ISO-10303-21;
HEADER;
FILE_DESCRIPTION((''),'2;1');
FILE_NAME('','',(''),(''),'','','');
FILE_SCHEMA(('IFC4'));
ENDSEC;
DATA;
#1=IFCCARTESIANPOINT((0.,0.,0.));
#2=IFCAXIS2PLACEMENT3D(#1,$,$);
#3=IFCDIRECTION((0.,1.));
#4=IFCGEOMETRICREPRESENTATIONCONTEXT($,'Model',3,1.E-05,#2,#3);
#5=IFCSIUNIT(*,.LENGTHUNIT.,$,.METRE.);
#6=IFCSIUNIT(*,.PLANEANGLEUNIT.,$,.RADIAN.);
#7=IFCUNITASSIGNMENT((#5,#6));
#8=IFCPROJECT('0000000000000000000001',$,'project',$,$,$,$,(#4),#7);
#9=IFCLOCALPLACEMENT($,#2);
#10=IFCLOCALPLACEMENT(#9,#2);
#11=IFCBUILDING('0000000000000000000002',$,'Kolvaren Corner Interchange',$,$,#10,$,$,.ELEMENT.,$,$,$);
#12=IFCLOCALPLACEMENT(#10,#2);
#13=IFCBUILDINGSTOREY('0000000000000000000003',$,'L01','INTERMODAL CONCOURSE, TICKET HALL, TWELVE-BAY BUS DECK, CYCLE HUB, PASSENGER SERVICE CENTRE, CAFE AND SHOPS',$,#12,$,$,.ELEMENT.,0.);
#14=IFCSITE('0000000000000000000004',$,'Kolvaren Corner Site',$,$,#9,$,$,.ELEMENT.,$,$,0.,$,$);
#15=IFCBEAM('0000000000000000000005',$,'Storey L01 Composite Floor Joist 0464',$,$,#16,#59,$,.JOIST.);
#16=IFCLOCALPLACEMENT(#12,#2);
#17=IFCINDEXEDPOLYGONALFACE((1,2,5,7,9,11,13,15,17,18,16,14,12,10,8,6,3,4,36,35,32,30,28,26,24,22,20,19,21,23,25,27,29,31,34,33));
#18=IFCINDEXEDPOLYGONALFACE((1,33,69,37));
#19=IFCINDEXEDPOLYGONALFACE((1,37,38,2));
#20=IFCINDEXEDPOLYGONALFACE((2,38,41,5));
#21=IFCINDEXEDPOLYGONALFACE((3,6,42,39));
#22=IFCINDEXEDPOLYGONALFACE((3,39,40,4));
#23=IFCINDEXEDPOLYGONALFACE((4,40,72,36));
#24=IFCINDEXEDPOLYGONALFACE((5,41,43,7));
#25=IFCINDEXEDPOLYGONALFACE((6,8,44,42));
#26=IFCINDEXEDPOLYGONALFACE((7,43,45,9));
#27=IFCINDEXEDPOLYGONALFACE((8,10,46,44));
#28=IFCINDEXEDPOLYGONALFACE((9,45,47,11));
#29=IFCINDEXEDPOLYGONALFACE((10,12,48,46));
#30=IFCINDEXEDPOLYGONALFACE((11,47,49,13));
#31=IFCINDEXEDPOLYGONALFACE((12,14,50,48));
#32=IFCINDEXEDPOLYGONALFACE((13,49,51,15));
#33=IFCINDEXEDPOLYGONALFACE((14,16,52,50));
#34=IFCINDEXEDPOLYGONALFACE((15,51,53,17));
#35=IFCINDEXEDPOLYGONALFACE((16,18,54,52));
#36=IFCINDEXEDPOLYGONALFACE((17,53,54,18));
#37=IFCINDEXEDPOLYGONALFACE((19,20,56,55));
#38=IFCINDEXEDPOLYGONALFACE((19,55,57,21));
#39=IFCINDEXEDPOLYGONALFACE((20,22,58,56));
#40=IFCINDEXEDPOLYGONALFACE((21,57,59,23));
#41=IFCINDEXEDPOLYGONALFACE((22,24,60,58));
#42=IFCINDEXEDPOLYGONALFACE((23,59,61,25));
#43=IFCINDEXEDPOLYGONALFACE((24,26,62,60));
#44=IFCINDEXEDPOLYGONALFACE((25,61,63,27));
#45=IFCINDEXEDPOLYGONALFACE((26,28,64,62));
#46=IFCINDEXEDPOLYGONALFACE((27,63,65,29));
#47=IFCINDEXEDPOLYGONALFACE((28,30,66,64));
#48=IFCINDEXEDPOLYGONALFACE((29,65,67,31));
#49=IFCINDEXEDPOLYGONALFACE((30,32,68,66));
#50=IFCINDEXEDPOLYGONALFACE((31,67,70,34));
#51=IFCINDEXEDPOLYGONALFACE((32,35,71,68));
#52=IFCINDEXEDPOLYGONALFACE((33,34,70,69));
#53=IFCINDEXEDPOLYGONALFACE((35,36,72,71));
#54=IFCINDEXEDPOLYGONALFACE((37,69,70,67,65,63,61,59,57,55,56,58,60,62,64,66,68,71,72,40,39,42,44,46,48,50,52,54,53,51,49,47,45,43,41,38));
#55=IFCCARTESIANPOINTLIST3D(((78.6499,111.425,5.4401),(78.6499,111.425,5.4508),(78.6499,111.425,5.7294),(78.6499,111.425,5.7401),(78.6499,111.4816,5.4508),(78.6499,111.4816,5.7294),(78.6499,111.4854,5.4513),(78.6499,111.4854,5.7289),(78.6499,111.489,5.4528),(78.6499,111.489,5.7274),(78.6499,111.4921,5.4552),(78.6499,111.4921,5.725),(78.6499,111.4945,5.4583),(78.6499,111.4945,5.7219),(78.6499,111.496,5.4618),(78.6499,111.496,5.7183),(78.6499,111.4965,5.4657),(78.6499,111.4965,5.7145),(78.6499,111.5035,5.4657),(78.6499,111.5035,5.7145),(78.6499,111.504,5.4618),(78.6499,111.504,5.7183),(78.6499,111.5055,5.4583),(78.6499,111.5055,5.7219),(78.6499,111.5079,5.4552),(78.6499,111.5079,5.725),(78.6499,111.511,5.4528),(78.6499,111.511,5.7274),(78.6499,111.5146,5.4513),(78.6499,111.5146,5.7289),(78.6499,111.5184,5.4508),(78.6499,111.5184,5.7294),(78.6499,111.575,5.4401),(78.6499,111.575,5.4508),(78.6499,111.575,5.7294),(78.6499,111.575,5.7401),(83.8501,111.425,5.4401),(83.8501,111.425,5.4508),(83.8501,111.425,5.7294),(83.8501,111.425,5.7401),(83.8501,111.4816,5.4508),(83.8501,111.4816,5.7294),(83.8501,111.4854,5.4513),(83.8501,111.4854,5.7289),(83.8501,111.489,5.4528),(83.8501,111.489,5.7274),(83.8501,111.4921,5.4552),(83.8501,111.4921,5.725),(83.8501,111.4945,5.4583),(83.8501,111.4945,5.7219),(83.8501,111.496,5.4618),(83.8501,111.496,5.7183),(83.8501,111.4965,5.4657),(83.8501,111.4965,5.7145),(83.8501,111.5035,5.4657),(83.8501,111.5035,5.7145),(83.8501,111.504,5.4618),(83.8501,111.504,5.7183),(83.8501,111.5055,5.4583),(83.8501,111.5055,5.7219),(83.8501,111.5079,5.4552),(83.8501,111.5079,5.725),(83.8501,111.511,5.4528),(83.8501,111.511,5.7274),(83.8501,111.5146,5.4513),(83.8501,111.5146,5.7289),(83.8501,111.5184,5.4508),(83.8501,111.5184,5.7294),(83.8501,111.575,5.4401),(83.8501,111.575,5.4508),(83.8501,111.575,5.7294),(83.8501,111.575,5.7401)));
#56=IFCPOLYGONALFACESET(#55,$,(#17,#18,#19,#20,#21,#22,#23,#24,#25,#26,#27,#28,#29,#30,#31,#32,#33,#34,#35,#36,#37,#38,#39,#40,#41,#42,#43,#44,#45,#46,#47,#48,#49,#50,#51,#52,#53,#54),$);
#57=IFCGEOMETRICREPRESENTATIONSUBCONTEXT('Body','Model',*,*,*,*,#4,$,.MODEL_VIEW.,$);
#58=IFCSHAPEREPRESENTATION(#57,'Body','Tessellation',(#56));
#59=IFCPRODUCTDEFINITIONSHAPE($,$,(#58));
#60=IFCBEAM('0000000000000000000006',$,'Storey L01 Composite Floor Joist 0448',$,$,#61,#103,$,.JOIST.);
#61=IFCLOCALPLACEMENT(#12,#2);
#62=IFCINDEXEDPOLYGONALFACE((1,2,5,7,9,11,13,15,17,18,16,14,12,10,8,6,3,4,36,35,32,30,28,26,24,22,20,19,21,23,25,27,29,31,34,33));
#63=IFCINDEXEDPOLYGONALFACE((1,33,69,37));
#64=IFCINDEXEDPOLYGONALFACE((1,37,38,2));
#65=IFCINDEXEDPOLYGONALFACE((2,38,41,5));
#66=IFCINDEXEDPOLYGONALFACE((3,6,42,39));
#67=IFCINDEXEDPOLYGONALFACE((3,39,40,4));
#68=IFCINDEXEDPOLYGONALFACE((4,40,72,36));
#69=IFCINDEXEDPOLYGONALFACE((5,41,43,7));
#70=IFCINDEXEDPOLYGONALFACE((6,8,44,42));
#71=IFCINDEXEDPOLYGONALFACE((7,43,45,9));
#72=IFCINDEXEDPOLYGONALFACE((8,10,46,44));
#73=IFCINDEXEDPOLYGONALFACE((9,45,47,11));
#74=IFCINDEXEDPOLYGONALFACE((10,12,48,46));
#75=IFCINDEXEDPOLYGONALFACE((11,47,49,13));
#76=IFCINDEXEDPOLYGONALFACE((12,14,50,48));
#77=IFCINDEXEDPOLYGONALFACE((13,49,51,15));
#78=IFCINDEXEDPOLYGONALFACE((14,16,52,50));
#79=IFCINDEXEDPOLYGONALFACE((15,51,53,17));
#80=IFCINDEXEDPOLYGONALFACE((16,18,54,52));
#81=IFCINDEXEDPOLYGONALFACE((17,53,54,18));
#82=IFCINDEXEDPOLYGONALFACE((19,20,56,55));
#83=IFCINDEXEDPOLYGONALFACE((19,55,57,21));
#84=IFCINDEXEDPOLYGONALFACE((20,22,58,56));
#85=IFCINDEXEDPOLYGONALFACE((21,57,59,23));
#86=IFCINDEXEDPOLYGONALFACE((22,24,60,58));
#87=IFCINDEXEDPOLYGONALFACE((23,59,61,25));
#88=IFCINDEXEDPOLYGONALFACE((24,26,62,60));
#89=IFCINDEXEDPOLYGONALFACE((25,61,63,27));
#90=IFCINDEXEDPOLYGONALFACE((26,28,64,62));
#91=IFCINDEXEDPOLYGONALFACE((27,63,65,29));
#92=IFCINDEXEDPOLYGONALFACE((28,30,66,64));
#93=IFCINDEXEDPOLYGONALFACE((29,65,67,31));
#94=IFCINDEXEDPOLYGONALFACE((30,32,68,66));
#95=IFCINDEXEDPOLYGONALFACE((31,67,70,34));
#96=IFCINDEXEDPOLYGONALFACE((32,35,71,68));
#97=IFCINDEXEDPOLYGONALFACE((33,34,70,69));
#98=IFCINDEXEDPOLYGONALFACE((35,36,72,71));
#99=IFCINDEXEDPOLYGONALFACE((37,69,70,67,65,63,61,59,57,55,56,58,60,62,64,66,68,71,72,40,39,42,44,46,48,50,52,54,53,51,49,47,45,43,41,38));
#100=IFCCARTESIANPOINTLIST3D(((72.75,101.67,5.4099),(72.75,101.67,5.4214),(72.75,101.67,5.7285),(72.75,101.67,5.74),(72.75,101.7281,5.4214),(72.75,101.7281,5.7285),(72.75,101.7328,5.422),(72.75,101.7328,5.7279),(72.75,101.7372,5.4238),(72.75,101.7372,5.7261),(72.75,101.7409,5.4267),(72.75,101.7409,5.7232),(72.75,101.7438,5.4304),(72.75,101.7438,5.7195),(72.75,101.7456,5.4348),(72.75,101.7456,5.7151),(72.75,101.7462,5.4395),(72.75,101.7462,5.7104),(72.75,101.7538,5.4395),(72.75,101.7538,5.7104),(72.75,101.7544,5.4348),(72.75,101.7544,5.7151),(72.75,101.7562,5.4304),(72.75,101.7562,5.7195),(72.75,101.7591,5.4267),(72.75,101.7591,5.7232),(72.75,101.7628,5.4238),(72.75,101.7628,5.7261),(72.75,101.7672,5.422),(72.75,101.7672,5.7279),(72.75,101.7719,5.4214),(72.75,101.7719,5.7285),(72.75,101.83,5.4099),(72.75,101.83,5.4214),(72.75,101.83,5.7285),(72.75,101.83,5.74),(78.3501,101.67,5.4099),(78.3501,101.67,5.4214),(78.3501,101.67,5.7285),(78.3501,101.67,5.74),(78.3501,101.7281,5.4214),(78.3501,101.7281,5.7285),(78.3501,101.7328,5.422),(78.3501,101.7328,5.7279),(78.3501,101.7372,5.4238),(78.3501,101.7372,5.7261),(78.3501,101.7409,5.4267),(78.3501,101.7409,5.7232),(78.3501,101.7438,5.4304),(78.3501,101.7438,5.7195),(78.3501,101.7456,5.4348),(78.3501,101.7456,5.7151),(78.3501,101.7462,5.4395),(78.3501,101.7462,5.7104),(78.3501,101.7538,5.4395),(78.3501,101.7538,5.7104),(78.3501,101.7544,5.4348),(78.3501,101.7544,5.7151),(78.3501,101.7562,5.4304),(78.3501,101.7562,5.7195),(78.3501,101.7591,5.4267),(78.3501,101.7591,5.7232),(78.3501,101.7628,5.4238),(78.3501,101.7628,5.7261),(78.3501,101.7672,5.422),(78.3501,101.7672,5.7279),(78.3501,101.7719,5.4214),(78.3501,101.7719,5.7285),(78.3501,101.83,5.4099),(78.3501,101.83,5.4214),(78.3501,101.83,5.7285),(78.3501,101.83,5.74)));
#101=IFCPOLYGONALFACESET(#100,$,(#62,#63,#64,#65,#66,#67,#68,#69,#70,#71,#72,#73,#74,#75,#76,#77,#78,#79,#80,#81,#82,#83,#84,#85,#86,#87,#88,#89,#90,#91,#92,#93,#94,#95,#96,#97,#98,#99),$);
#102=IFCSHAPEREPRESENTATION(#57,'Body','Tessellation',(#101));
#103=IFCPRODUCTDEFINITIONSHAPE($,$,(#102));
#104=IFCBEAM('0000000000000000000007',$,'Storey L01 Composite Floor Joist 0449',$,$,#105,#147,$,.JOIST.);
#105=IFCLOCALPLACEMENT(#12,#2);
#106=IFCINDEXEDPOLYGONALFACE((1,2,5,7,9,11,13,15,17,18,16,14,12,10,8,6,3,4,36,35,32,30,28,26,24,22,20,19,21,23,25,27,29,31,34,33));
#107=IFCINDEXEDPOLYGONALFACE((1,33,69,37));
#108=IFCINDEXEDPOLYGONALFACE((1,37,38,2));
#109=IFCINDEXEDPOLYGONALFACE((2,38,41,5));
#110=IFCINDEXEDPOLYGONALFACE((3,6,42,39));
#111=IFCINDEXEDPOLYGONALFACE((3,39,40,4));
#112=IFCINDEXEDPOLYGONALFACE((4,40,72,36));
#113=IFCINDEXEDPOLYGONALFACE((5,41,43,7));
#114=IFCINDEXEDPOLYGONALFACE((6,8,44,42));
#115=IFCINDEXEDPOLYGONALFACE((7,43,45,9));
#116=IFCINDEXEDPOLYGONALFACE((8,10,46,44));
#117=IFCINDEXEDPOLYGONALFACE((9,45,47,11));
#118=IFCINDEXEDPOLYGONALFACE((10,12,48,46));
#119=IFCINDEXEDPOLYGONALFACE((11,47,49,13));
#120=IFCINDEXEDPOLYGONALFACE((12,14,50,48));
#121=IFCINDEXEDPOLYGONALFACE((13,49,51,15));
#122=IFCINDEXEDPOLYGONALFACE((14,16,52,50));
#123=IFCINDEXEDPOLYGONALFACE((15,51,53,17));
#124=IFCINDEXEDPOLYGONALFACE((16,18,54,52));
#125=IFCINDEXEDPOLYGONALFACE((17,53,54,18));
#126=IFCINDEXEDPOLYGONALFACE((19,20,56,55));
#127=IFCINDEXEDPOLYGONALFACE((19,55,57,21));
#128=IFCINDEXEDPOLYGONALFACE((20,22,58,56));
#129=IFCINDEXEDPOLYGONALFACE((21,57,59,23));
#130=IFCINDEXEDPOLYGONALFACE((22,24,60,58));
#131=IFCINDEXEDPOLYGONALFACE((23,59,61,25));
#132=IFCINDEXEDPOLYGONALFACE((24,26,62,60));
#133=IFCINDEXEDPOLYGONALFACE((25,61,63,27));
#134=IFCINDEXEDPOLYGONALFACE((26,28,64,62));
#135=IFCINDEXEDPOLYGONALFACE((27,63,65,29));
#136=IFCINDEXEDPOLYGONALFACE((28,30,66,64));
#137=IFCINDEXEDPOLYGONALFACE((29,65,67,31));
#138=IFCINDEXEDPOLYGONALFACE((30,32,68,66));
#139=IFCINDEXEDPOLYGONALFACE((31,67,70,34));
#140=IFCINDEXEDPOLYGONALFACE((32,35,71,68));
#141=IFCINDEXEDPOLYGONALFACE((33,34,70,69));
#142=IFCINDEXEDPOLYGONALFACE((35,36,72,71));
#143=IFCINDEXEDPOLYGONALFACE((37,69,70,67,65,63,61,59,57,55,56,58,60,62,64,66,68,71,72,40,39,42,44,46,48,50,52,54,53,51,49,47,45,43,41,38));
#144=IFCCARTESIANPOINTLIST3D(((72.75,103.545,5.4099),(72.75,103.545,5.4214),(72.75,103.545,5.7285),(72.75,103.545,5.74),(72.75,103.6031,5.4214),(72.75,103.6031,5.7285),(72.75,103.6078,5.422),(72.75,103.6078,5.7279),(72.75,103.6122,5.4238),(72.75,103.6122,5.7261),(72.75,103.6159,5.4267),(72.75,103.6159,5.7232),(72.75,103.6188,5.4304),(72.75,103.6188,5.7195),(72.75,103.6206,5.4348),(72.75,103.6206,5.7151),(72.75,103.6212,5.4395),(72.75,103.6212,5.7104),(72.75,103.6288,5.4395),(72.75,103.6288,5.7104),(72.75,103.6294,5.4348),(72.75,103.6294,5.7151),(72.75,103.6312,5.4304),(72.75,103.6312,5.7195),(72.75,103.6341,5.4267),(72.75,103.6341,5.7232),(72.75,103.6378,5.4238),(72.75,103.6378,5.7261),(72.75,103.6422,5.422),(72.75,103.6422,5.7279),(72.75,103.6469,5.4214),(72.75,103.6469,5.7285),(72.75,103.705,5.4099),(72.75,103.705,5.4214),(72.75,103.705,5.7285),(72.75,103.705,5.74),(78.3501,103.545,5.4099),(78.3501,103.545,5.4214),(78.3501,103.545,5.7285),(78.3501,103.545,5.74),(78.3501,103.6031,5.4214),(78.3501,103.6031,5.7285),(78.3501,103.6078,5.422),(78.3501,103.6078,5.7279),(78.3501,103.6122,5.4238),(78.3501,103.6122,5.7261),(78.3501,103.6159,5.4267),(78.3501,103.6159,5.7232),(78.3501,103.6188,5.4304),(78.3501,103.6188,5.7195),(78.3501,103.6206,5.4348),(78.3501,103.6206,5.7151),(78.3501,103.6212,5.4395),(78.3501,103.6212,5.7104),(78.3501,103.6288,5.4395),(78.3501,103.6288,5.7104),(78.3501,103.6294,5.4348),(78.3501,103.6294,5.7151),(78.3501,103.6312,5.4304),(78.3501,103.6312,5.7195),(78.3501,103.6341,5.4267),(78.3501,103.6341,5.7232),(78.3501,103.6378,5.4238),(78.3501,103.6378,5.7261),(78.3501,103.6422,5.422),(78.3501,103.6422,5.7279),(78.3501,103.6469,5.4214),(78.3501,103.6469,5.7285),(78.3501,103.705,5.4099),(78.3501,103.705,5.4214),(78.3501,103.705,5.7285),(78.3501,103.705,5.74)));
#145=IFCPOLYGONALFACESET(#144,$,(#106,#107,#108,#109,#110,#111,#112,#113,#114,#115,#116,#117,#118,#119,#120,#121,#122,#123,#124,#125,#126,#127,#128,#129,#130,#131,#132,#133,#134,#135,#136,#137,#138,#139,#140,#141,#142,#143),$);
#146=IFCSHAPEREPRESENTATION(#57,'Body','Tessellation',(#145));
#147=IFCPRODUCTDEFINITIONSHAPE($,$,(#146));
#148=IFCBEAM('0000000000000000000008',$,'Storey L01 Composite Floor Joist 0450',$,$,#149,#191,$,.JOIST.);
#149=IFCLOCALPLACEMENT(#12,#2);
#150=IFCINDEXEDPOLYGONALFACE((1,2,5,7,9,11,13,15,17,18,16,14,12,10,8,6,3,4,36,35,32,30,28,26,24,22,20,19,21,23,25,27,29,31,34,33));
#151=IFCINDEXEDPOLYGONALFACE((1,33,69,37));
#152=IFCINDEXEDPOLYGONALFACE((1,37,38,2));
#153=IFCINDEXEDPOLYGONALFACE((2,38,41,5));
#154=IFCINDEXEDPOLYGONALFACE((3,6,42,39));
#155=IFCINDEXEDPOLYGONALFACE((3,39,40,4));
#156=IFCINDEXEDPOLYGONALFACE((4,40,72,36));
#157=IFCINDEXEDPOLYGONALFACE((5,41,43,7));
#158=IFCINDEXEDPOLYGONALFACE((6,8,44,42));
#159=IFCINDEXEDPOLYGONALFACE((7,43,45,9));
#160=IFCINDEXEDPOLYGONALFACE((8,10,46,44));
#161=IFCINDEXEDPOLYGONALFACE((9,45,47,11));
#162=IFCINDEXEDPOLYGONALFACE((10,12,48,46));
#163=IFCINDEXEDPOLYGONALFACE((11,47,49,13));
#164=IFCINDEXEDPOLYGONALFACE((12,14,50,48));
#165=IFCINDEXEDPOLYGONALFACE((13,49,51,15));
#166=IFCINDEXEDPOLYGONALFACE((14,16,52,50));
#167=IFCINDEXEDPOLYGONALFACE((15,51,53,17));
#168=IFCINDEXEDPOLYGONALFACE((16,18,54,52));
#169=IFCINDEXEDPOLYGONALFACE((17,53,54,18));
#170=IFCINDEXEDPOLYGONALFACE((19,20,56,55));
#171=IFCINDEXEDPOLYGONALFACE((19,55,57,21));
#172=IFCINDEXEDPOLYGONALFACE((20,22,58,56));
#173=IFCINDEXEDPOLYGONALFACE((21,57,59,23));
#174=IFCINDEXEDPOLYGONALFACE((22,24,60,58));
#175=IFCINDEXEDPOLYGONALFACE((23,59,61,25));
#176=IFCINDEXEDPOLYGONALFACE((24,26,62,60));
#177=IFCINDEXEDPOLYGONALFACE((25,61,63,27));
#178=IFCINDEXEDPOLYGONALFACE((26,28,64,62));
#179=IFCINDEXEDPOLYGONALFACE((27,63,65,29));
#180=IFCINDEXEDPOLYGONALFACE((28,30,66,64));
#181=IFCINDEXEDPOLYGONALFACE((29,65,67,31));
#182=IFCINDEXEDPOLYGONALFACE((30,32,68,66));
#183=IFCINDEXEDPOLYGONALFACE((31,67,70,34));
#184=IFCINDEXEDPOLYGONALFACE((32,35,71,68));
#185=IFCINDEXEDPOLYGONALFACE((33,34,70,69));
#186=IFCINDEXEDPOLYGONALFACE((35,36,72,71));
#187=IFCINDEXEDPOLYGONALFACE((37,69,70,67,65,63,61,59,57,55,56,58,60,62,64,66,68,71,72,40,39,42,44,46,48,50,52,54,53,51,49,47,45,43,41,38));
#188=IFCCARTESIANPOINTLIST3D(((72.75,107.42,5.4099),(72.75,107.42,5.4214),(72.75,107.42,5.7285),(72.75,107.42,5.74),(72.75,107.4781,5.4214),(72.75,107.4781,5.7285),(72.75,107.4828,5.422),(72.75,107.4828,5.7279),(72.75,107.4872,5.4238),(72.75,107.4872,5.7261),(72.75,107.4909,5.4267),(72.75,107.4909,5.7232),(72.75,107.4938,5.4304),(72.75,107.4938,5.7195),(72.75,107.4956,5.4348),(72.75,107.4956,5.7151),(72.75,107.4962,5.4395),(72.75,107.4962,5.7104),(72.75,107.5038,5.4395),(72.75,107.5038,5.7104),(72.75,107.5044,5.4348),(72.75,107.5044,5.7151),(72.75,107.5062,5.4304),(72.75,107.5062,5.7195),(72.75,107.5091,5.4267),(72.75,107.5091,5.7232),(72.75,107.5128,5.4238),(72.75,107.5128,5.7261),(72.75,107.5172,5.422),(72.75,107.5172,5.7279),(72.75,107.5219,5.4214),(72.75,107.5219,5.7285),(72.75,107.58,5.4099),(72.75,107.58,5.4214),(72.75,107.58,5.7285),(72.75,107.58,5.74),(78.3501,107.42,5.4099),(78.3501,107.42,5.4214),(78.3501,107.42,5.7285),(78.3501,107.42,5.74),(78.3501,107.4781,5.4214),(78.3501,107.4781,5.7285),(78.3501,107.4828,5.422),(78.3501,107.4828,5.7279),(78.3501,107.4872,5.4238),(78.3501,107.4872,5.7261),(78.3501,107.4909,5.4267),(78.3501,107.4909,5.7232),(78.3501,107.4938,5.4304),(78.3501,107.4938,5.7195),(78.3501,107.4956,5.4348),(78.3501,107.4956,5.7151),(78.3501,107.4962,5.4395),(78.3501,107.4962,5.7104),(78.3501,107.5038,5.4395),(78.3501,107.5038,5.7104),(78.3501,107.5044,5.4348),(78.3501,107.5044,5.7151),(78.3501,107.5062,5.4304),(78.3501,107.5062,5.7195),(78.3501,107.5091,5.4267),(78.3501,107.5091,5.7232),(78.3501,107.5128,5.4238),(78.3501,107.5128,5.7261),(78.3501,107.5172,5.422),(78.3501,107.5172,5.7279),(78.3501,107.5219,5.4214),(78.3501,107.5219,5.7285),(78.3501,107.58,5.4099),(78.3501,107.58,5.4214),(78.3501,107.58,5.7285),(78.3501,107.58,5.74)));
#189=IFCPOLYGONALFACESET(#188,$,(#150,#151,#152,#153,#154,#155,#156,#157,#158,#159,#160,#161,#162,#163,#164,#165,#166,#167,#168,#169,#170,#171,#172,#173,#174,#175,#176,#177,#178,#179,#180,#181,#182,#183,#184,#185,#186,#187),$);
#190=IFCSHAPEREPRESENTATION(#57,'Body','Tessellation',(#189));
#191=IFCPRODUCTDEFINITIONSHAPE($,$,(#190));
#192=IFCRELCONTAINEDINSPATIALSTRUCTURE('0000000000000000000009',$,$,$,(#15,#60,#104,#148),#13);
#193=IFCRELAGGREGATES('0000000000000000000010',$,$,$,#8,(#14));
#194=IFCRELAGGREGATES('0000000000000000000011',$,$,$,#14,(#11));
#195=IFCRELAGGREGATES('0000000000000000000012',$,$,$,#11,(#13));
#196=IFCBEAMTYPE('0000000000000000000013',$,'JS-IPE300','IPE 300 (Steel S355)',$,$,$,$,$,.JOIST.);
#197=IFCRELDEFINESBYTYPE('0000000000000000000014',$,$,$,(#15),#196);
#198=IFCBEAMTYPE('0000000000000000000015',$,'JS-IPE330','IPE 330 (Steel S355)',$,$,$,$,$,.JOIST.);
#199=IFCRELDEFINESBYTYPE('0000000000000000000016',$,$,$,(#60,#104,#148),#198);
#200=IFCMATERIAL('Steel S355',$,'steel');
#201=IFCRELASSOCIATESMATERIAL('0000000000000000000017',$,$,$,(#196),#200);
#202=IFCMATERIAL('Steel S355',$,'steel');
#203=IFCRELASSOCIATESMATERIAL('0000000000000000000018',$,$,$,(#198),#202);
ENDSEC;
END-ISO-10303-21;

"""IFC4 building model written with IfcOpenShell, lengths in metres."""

from ifc_helpers import new_model, si_unit, direction, frame, origin, origin_2d, place, context, subcontext, project, spatial, i_section, extrude, material, material_profile, profile_set, type_object, element, save


model = new_model("IFC4")

# Units and contexts
model_context = context("Model", 3, precision=1e-05, world=origin(), true_north=direction((0.0, 1.0)))
body_context = subcontext(model_context, "Body", "Model", "MODEL_VIEW")
ifc_project = project(units=[si_unit("LENGTHUNIT", "METRE"), si_unit("PLANEANGLEUNIT", "RADIAN")], contexts=[model_context])

# Site, building, storey
site_placement = place(None, origin())
site = spatial("IfcSite", under=ifc_project, at=site_placement, Name="Kolvaren Corner Site", CompositionType="ELEMENT", RefElevation=0.0)
building_placement = place(site_placement, origin())
building = spatial("IfcBuilding", under=site, at=building_placement, Name="Kolvaren Corner Interchange", CompositionType="ELEMENT")
storey_placement = place(building_placement, origin())
storey = spatial("IfcBuildingStorey", under=building, at=storey_placement, Name="L01", Description="INTERMODAL CONCOURSE, TICKET HALL, TWELVE-BAY BUS DECK, CYCLE HUB, PASSENGER SERVICE CENTRE, CAFE AND SHOPS", CompositionType="ELEMENT", Elevation=0.0)

# Beams
ifc_material_1 = material(Name="Steel S355", Category="steel")
ifc_material_profile_1 = material_profile(ifc_material_1, i_section(OverallWidth=0.1499, OverallDepth=0.3, WebThickness=0.0071, FlangeThickness=0.0107, FilletRadius=0.0149, at=origin_2d()), Name="IPE 300")
ifc_profile_set_1 = profile_set([ifc_material_profile_1], Name="Steel S355")
beam_type_1 = type_object("IfcBeamType", Name="JS-IPE300", Description="IPE 300 (Steel S355)", PredefinedType="JOIST", material=ifc_profile_set_1)
for number, where, z_axis, x_axis, name in (
    (1, (78.6499, 111.5, 5.5901), (1.0, 0.0, 0.0), (0.0, 1.0, 0.0), "Storey L01 Composite Floor Joist 0464"),
):
    element("IfcBeam", number, at=place(storey_placement, frame(where, z_axis=z_axis, x_axis=x_axis)), inside=storey, type_object=beam_type_1, Name=name, PredefinedType="JOIST", context=body_context, shape_type="SweptSolid", body=[
        extrude(i_section(OverallWidth=0.1499, OverallDepth=0.3, WebThickness=0.0071, FlangeThickness=0.0107, FilletRadius=0.0149, at=origin_2d()), origin(), (0.0, 0.0, 1.0), 5.2002),
    ])
ifc_material_2 = material(Name="Steel S355", Category="steel")
ifc_material_profile_2 = material_profile(ifc_material_2, i_section(OverallWidth=0.1599, OverallDepth=0.3301, WebThickness=0.0076, FlangeThickness=0.0115, FilletRadius=0.0181, at=origin_2d()), Name="IPE 330")
ifc_profile_set_2 = profile_set([ifc_material_profile_2], Name="Steel S355")
beam_type_2 = type_object("IfcBeamType", Name="JS-IPE330", Description="IPE 330 (Steel S355)", PredefinedType="JOIST", material=ifc_profile_set_2)
for number, where, z_axis, x_axis, name in (
    (2, (72.75, 101.75, 5.575), (1.0, 0.0, 0.0), (0.0, 1.0, 0.0), "Storey L01 Composite Floor Joist 0448"),
    (3, (72.75, 103.625, 5.575), (1.0, 0.0, 0.0), (0.0, 1.0, 0.0), "Storey L01 Composite Floor Joist 0449"),
    (4, (72.75, 107.5, 5.575), (1.0, 0.0, 0.0), (0.0, 1.0, 0.0), "Storey L01 Composite Floor Joist 0450"),
):
    element("IfcBeam", number, at=place(storey_placement, frame(where, z_axis=z_axis, x_axis=x_axis)), inside=storey, type_object=beam_type_2, Name=name, PredefinedType="JOIST", context=body_context, shape_type="SweptSolid", body=[
        extrude(i_section(OverallWidth=0.1599, OverallDepth=0.3301, WebThickness=0.0076, FlangeThickness=0.0115, FilletRadius=0.0181, at=origin_2d()), origin(), (0.0, 0.0, 1.0), 5.6001),
    ])

save(model, "model.ifc")
